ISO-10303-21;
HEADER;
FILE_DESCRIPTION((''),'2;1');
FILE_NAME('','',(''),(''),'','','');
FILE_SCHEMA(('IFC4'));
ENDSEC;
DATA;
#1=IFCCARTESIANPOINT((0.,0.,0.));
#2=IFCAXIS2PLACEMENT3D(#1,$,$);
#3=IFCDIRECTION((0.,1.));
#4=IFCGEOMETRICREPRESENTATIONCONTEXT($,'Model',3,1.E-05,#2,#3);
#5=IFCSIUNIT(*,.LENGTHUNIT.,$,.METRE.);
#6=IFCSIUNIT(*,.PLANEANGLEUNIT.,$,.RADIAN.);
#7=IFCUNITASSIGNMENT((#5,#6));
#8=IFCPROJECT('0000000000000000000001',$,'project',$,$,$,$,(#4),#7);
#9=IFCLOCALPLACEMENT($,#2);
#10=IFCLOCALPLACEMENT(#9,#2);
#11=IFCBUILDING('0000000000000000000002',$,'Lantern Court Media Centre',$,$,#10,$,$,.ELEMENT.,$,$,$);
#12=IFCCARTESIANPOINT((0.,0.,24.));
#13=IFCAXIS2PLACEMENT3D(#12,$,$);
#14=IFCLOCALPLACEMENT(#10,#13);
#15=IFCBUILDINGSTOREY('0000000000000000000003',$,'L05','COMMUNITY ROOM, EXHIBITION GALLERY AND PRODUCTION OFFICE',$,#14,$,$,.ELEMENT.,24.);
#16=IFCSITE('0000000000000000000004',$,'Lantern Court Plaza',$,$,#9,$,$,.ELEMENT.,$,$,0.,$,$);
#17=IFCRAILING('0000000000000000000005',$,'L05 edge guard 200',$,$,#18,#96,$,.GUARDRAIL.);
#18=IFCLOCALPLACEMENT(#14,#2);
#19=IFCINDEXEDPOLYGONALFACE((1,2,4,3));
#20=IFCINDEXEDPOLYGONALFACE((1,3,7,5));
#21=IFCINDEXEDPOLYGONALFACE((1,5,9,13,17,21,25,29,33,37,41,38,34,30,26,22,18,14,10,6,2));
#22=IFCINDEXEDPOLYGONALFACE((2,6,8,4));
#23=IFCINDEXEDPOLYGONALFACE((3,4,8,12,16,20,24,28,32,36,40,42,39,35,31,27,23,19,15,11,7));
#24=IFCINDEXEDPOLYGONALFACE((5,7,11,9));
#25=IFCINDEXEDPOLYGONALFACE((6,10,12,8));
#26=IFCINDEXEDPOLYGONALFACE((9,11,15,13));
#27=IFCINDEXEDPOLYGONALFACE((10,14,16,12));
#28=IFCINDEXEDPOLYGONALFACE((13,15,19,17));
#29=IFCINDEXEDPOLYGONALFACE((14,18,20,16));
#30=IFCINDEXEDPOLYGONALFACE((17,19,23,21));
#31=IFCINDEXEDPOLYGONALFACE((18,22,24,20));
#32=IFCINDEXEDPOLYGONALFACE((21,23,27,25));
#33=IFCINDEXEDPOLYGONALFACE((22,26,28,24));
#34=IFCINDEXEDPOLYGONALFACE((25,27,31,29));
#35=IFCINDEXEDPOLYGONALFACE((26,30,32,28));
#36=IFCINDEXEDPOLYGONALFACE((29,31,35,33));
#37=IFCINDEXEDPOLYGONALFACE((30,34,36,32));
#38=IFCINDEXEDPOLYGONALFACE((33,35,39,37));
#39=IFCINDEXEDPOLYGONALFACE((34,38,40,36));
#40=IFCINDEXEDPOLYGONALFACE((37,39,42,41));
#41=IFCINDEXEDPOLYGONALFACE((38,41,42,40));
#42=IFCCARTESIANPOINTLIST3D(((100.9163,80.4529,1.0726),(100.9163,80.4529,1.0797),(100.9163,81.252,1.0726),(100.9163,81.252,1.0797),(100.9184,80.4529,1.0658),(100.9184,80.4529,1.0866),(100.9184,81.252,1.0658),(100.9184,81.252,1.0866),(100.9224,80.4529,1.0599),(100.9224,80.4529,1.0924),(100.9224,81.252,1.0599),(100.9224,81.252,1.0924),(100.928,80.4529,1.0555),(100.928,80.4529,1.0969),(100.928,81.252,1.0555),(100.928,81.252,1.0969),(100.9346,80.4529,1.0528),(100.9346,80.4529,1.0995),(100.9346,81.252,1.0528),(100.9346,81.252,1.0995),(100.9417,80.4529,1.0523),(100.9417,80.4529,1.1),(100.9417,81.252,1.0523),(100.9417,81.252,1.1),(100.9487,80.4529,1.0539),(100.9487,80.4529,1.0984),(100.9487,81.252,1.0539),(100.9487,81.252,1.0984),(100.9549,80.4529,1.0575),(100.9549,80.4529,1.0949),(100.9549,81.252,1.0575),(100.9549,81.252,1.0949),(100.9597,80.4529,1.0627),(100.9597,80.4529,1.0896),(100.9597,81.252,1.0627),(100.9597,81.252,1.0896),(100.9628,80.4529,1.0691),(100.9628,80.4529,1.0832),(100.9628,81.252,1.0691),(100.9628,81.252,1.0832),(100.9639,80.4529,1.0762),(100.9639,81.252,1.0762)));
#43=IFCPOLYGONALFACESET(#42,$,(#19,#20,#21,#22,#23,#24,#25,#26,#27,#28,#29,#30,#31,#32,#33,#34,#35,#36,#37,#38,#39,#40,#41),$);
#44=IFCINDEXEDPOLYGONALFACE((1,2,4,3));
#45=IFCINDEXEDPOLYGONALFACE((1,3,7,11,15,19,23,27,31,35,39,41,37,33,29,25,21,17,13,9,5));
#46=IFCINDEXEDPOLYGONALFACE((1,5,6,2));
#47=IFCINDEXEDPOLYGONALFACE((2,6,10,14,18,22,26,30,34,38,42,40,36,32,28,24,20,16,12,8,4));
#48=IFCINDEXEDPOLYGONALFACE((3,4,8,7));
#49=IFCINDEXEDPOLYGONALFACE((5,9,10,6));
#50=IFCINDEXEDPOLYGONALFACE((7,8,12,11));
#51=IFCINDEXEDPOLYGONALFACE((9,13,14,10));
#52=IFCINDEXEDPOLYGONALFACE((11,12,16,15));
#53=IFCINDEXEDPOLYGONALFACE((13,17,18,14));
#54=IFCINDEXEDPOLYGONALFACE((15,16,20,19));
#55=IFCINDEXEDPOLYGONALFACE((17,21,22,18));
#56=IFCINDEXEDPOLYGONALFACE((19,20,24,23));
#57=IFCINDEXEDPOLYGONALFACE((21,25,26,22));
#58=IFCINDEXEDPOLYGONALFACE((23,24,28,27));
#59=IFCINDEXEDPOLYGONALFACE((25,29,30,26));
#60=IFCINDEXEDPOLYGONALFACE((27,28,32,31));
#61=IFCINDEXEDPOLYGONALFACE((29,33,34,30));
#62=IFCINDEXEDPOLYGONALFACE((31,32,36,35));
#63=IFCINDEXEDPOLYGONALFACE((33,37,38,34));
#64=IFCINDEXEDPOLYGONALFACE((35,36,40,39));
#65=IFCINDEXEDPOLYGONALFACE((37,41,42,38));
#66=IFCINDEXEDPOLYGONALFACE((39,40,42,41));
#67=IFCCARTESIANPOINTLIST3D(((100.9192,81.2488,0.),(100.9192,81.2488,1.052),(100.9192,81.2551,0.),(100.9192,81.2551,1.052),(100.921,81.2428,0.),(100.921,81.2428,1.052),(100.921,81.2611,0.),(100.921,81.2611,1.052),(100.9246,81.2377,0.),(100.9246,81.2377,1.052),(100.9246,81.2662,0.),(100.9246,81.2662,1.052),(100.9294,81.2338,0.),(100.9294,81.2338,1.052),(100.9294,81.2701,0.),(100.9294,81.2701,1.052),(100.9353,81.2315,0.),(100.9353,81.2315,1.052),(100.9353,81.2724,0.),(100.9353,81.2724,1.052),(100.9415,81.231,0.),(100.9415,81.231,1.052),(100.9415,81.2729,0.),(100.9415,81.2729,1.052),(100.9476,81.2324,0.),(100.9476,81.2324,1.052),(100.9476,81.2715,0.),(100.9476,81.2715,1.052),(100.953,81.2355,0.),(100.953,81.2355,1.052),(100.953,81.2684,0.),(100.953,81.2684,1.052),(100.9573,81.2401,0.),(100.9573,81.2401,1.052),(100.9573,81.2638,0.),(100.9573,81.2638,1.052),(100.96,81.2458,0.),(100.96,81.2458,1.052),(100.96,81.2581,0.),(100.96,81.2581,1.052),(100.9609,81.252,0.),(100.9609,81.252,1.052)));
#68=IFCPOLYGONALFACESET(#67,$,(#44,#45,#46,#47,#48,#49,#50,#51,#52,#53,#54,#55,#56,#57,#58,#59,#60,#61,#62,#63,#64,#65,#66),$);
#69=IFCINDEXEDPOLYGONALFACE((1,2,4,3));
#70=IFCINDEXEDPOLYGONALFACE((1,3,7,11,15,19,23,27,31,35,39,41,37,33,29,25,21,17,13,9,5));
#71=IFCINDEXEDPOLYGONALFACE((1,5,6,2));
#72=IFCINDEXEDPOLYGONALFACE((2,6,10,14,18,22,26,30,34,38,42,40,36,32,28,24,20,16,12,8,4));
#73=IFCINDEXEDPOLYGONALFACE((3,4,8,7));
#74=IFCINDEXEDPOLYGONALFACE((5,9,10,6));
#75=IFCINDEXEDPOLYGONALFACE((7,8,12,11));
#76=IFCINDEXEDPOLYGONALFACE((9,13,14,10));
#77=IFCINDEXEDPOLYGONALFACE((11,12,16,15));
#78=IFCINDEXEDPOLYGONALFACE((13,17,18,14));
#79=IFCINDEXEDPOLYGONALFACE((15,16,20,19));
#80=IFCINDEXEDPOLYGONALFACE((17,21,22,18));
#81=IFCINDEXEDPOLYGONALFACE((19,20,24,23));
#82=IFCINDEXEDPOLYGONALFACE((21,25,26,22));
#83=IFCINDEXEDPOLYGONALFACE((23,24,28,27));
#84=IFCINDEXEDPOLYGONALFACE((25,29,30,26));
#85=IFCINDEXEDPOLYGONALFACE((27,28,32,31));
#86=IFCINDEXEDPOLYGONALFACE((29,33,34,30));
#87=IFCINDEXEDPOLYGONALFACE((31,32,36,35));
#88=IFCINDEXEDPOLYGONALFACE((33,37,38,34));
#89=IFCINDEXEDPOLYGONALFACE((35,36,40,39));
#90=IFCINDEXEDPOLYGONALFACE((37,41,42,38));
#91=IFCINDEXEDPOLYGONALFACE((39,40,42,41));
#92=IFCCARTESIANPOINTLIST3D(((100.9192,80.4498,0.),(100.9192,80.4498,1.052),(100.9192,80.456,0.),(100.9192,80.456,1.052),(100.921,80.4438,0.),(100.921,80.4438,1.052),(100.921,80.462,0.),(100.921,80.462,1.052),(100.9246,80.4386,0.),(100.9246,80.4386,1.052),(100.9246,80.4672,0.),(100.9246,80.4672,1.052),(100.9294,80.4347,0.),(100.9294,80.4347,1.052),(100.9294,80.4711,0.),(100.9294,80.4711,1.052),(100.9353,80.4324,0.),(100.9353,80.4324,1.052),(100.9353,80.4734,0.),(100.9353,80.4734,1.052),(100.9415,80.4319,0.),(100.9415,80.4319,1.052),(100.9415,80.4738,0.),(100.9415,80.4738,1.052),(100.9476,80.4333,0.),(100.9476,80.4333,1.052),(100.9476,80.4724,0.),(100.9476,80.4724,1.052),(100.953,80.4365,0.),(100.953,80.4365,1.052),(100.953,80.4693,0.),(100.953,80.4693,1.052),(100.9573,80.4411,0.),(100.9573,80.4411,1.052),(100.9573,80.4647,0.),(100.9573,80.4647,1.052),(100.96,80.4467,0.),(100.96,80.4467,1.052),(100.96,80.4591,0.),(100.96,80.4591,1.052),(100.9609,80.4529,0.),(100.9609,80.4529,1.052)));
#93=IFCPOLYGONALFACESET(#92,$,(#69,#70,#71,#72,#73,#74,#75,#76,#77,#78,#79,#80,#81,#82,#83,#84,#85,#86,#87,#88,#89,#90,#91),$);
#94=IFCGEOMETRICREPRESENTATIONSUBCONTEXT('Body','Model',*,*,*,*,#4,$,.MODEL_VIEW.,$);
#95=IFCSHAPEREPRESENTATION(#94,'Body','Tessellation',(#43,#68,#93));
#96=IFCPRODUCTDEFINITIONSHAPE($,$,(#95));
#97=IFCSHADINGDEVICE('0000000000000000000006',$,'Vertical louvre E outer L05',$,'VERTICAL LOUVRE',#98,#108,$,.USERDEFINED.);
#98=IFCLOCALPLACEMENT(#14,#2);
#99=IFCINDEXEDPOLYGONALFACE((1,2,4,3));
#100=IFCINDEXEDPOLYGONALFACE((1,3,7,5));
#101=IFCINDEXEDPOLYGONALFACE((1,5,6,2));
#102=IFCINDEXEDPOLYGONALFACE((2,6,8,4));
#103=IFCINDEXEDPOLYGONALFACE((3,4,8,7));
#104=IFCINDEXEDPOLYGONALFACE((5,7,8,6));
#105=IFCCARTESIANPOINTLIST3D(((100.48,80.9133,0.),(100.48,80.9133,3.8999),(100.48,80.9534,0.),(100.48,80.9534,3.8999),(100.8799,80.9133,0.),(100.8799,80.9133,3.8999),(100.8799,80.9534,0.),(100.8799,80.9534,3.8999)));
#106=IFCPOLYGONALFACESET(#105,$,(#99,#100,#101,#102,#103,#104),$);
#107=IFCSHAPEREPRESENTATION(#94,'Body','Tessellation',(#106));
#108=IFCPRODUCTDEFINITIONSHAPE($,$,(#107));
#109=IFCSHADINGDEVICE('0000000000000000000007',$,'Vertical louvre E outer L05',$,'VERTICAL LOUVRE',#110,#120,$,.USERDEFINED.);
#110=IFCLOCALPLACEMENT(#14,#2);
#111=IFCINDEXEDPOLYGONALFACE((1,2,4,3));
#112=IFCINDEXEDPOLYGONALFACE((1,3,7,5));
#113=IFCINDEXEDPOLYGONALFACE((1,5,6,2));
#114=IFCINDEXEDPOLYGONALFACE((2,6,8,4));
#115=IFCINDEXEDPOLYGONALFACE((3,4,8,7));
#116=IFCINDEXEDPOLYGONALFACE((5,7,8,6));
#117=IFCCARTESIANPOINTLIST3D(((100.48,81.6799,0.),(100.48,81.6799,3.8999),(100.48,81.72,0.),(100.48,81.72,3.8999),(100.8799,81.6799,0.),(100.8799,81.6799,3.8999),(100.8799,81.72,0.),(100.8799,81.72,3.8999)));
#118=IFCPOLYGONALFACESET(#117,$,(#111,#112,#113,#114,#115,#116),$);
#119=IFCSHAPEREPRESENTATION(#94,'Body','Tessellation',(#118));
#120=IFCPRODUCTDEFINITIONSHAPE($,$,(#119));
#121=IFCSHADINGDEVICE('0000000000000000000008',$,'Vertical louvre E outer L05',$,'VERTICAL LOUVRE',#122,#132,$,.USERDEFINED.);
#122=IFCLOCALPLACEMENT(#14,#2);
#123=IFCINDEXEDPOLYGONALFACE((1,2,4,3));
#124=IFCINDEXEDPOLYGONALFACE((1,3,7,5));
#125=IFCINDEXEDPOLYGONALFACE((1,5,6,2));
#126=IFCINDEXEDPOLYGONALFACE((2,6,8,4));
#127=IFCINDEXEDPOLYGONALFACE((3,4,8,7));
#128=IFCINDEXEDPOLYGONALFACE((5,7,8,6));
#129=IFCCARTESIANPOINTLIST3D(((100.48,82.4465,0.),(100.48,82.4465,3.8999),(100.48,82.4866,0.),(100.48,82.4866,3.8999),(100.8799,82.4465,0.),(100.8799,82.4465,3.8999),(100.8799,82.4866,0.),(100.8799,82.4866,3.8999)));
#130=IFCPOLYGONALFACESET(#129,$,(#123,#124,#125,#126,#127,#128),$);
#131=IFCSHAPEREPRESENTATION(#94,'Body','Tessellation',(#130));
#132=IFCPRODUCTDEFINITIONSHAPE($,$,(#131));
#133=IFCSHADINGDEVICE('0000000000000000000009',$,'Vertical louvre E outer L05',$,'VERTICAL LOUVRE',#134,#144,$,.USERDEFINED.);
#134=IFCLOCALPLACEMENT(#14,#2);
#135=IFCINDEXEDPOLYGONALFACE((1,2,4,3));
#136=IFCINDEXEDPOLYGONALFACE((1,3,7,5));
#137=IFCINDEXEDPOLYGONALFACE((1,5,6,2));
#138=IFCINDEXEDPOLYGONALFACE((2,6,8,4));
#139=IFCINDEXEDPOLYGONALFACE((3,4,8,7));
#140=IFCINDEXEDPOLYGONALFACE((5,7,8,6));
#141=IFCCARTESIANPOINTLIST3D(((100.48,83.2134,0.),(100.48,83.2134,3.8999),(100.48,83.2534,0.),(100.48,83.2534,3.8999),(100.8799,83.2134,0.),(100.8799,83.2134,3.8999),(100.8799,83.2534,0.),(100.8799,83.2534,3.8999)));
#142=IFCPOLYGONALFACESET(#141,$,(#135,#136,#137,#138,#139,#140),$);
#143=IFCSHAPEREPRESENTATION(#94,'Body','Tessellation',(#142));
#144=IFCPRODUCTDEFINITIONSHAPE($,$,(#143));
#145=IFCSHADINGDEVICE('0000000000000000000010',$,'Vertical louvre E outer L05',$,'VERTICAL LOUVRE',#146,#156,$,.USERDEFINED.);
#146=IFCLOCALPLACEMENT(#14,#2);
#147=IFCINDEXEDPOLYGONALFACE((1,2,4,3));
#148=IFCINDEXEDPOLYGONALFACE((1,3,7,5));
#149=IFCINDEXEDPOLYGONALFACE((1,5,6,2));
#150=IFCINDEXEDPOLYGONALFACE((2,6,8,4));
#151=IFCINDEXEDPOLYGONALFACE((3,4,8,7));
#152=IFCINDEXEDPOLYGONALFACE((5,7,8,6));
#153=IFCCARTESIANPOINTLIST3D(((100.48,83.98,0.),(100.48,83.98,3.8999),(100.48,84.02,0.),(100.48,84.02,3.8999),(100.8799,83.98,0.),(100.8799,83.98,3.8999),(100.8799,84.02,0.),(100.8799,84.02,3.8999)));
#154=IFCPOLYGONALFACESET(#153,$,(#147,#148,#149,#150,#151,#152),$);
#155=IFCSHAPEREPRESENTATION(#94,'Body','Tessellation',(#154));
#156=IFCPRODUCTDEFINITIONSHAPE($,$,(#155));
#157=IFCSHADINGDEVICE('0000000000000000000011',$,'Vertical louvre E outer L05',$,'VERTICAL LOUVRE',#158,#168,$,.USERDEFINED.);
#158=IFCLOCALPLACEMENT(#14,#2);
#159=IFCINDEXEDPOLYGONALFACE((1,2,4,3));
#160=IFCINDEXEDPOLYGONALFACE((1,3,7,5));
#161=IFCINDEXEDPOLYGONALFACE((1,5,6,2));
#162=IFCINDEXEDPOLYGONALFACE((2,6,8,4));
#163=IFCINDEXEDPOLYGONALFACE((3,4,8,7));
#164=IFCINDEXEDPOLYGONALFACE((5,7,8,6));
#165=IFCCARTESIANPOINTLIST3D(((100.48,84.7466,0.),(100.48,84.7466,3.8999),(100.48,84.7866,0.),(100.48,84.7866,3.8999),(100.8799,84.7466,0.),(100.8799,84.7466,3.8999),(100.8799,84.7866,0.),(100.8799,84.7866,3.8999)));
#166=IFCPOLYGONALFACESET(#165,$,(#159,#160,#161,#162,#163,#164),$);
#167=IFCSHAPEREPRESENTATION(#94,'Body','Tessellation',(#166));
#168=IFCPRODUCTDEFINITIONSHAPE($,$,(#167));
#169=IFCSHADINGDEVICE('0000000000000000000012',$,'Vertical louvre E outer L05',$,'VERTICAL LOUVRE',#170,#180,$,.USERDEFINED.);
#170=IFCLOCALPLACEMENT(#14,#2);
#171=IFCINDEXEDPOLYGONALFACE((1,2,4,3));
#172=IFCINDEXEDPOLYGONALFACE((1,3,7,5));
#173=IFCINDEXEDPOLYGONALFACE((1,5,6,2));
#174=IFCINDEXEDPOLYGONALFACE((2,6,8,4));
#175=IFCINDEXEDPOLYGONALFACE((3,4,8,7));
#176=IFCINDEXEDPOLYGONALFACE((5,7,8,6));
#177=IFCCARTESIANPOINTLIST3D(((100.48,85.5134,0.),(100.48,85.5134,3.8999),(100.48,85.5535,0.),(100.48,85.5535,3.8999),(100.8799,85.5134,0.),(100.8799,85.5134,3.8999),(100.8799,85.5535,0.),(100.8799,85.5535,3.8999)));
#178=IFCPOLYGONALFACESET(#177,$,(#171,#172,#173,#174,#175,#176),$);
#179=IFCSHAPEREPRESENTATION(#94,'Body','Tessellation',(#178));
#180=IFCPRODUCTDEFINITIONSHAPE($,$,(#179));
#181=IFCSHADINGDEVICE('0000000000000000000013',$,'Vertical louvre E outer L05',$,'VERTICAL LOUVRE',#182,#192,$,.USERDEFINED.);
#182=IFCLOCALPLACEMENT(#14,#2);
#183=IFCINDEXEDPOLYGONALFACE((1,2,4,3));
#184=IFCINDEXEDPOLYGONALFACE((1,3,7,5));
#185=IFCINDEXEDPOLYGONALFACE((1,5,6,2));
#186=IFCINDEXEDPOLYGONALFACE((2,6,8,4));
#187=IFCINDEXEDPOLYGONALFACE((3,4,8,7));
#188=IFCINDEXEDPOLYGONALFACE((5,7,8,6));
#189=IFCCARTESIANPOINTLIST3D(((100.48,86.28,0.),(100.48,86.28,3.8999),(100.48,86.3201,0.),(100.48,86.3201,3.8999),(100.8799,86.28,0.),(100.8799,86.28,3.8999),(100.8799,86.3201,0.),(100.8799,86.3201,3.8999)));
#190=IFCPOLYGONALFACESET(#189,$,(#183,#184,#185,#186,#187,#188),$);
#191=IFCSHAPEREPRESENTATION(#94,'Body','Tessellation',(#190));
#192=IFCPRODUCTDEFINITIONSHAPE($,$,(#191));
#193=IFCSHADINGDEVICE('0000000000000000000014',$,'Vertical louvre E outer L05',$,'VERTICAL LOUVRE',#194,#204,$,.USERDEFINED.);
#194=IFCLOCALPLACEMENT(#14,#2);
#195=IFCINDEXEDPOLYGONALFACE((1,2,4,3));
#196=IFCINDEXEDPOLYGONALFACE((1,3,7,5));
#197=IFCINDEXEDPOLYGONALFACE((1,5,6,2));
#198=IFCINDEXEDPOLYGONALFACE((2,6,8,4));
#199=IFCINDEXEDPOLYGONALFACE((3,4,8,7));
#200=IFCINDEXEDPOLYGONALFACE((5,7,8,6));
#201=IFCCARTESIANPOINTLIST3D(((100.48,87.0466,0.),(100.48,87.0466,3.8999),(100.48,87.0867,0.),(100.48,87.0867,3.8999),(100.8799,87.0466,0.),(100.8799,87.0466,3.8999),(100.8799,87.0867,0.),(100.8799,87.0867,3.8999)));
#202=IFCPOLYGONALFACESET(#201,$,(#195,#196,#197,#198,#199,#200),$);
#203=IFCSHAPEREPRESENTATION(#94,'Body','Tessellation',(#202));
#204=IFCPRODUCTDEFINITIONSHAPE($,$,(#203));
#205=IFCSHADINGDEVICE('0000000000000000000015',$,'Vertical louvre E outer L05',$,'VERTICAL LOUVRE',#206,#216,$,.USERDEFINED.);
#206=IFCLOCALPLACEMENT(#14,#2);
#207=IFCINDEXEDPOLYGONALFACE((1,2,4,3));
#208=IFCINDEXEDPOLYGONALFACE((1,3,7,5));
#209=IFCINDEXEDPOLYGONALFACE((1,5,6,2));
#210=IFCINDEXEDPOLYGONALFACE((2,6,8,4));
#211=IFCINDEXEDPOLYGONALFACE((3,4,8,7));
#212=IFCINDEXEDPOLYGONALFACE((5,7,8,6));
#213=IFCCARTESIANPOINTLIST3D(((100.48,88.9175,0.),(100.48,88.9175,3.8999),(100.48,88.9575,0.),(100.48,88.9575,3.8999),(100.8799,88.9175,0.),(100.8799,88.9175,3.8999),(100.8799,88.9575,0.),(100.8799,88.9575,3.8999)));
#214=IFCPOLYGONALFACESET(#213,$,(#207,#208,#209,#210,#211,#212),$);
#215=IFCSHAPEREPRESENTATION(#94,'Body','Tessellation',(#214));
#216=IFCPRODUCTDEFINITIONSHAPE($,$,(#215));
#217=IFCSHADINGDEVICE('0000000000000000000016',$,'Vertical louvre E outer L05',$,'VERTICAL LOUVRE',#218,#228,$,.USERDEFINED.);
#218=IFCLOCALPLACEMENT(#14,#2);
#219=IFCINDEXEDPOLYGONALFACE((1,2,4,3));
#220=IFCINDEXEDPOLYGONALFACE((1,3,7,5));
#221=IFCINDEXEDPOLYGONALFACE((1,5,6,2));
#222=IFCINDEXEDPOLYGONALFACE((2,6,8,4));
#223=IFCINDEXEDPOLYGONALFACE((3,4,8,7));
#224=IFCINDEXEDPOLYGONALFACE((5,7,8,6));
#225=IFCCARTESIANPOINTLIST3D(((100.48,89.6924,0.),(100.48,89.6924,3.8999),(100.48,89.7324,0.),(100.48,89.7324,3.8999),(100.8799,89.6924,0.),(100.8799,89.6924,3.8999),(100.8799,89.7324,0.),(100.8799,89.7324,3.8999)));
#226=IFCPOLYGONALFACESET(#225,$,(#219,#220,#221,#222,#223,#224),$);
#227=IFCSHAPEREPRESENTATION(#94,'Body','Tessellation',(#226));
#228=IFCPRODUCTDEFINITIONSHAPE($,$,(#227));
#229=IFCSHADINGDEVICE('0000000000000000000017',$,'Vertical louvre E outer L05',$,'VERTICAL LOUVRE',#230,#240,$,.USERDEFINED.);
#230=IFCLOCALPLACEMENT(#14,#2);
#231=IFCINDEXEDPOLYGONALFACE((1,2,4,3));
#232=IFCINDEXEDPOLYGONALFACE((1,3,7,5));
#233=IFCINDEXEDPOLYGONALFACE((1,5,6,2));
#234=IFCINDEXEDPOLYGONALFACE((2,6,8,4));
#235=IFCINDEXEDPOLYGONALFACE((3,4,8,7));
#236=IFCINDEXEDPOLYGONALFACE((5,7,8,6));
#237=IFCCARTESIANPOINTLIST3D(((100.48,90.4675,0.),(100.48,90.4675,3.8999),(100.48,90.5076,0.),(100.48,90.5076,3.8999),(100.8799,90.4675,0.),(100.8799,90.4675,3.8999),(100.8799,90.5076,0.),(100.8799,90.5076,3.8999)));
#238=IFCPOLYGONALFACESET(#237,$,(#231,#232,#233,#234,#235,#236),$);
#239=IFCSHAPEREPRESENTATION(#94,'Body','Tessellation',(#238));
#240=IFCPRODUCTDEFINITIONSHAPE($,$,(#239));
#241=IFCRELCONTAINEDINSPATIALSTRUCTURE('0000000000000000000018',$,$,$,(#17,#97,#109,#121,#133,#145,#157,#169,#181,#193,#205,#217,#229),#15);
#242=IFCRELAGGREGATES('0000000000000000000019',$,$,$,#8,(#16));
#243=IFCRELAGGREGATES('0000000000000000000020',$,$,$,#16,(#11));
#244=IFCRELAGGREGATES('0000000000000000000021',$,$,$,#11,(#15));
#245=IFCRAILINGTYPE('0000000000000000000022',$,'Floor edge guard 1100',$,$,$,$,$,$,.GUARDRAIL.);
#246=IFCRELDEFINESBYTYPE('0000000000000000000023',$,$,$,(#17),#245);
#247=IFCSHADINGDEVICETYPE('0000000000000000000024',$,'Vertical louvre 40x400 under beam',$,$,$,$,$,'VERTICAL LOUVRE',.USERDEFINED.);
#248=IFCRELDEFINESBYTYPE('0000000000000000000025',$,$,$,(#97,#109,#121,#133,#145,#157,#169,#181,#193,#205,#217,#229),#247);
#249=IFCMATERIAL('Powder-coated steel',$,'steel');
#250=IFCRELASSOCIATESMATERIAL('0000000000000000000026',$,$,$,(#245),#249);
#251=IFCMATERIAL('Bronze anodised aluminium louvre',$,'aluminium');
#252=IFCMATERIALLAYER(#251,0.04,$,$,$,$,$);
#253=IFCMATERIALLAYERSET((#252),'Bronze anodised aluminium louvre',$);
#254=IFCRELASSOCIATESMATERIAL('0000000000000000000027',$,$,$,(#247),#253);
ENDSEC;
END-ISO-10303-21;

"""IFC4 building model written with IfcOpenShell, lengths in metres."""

from ifc_helpers import new_model, si_unit, direction, frame, origin, origin_2d, place, context, subcontext, project, spatial, rectangle, circle, extrude, material, layer, layer_set, type_object, element, save


model = new_model("IFC4")

# Units and contexts
model_context = context("Model", 3, precision=1e-05, world=origin(), true_north=direction((0.0, 1.0)))
body_context = subcontext(model_context, "Body", "Model", "MODEL_VIEW")
ifc_project = project(units=[si_unit("LENGTHUNIT", "METRE"), si_unit("PLANEANGLEUNIT", "RADIAN")], contexts=[model_context])

# Site, building, storey
site_placement = place(None, origin())
site = spatial("IfcSite", under=ifc_project, at=site_placement, Name="Lantern Court Plaza", CompositionType="ELEMENT", RefElevation=0.0)
building_placement = place(site_placement, origin())
building = spatial("IfcBuilding", under=site, at=building_placement, Name="Lantern Court Media Centre", CompositionType="ELEMENT")
storey_placement = place(building_placement, frame((0.0, 0.0, 24.0)))
storey = spatial("IfcBuildingStorey", under=building, at=storey_placement, Name="L05", Description="COMMUNITY ROOM, EXHIBITION GALLERY AND PRODUCTION OFFICE", CompositionType="ELEMENT", Elevation=24.0)

# Railing
ifc_material_1 = material(Name="Powder-coated steel", Category="steel")
railing_type = type_object("IfcRailingType", Name="Floor edge guard 1100", PredefinedType="GUARDRAIL", material=ifc_material_1)
railing_1_placement = place(storey_placement, frame((100.9399, 81.252, 0.0)))
element("IfcRailing", 1, at=railing_1_placement, inside=storey, type_object=railing_type, Name="L05 edge guard 200", PredefinedType="GUARDRAIL", context=body_context, shape_type="SweptSolid", body=[
    extrude(circle(Radius=0.0239, at=origin_2d()), frame((0.0, 0.0, 1.0762), z_axis=(0.0, -1.0, 0.0), x_axis=(1.0, 0.0, 0.0)), (0.0, 0.0, 1.0), 0.7991),
    extrude(circle(Radius=0.021, at=origin_2d()), origin(), (0.0, 0.0, 1.0), 1.052),
    extrude(circle(Radius=0.021, at=origin_2d()), frame((0.0, -0.7991, 0.0)), (0.0, 0.0, 1.0), 1.052),
])

# Shading devices
ifc_material_2 = material(Name="Bronze anodised aluminium louvre", Category="aluminium")
ifc_layer_1 = layer(ifc_material_2, 0.04)
ifc_layer_set_1 = layer_set([ifc_layer_1], Name="Bronze anodised aluminium louvre")
shading_device_type = type_object("IfcShadingDeviceType", Name="Vertical louvre 40x400 under beam", ElementType="VERTICAL LOUVRE", PredefinedType="USERDEFINED", material=ifc_layer_set_1)
for number, where, z_axis, x_axis, name in (
    (2, (100.6799, 80.9333, 0.0), (0.0, 0.0, 1.0), (1.0, 0.0, 0.0), "Vertical louvre E outer L05"),
    (3, (100.6799, 81.7, 0.0), (0.0, 0.0, 1.0), (1.0, 0.0, 0.0), "Vertical louvre E outer L05"),
    (4, (100.6799, 82.4666, 0.0), (0.0, 0.0, 1.0), (1.0, 0.0, 0.0), "Vertical louvre E outer L05"),
    (5, (100.6799, 83.2334, 0.0), (0.0, 0.0, 1.0), (1.0, 0.0, 0.0), "Vertical louvre E outer L05"),
    (6, (100.6799, 84.0, 0.0), (0.0, 0.0, 1.0), (1.0, 0.0, 0.0), "Vertical louvre E outer L05"),
    (7, (100.6799, 84.7666, 0.0), (0.0, 0.0, 1.0), (1.0, 0.0, 0.0), "Vertical louvre E outer L05"),
    (8, (100.6799, 85.5334, 0.0), (0.0, 0.0, 1.0), (1.0, 0.0, 0.0), "Vertical louvre E outer L05"),
    (9, (100.6799, 86.3, 0.0), (0.0, 0.0, 1.0), (1.0, 0.0, 0.0), "Vertical louvre E outer L05"),
    (10, (100.6799, 87.0667, 0.0), (0.0, 0.0, 1.0), (1.0, 0.0, 0.0), "Vertical louvre E outer L05"),
    (11, (100.6799, 88.9375, 0.0), (0.0, 0.0, 1.0), (1.0, 0.0, 0.0), "Vertical louvre E outer L05"),
    (12, (100.6799, 89.7124, 0.0), (0.0, 0.0, 1.0), (1.0, 0.0, 0.0), "Vertical louvre E outer L05"),
    (13, (100.6799, 90.4875, 0.0), (0.0, 0.0, 1.0), (1.0, 0.0, 0.0), "Vertical louvre E outer L05"),
):
    element("IfcShadingDevice", number, at=place(storey_placement, frame(where, z_axis=z_axis, x_axis=x_axis)), inside=storey, type_object=shading_device_type, Name=name, ObjectType="VERTICAL LOUVRE", PredefinedType="USERDEFINED", context=body_context, shape_type="SweptSolid", body=[
        extrude(rectangle(XDim=0.3999, YDim=0.04, at=origin_2d()), origin(), (0.0, 0.0, 1.0), 3.8999),
    ])

save(model, "model.ifc")
